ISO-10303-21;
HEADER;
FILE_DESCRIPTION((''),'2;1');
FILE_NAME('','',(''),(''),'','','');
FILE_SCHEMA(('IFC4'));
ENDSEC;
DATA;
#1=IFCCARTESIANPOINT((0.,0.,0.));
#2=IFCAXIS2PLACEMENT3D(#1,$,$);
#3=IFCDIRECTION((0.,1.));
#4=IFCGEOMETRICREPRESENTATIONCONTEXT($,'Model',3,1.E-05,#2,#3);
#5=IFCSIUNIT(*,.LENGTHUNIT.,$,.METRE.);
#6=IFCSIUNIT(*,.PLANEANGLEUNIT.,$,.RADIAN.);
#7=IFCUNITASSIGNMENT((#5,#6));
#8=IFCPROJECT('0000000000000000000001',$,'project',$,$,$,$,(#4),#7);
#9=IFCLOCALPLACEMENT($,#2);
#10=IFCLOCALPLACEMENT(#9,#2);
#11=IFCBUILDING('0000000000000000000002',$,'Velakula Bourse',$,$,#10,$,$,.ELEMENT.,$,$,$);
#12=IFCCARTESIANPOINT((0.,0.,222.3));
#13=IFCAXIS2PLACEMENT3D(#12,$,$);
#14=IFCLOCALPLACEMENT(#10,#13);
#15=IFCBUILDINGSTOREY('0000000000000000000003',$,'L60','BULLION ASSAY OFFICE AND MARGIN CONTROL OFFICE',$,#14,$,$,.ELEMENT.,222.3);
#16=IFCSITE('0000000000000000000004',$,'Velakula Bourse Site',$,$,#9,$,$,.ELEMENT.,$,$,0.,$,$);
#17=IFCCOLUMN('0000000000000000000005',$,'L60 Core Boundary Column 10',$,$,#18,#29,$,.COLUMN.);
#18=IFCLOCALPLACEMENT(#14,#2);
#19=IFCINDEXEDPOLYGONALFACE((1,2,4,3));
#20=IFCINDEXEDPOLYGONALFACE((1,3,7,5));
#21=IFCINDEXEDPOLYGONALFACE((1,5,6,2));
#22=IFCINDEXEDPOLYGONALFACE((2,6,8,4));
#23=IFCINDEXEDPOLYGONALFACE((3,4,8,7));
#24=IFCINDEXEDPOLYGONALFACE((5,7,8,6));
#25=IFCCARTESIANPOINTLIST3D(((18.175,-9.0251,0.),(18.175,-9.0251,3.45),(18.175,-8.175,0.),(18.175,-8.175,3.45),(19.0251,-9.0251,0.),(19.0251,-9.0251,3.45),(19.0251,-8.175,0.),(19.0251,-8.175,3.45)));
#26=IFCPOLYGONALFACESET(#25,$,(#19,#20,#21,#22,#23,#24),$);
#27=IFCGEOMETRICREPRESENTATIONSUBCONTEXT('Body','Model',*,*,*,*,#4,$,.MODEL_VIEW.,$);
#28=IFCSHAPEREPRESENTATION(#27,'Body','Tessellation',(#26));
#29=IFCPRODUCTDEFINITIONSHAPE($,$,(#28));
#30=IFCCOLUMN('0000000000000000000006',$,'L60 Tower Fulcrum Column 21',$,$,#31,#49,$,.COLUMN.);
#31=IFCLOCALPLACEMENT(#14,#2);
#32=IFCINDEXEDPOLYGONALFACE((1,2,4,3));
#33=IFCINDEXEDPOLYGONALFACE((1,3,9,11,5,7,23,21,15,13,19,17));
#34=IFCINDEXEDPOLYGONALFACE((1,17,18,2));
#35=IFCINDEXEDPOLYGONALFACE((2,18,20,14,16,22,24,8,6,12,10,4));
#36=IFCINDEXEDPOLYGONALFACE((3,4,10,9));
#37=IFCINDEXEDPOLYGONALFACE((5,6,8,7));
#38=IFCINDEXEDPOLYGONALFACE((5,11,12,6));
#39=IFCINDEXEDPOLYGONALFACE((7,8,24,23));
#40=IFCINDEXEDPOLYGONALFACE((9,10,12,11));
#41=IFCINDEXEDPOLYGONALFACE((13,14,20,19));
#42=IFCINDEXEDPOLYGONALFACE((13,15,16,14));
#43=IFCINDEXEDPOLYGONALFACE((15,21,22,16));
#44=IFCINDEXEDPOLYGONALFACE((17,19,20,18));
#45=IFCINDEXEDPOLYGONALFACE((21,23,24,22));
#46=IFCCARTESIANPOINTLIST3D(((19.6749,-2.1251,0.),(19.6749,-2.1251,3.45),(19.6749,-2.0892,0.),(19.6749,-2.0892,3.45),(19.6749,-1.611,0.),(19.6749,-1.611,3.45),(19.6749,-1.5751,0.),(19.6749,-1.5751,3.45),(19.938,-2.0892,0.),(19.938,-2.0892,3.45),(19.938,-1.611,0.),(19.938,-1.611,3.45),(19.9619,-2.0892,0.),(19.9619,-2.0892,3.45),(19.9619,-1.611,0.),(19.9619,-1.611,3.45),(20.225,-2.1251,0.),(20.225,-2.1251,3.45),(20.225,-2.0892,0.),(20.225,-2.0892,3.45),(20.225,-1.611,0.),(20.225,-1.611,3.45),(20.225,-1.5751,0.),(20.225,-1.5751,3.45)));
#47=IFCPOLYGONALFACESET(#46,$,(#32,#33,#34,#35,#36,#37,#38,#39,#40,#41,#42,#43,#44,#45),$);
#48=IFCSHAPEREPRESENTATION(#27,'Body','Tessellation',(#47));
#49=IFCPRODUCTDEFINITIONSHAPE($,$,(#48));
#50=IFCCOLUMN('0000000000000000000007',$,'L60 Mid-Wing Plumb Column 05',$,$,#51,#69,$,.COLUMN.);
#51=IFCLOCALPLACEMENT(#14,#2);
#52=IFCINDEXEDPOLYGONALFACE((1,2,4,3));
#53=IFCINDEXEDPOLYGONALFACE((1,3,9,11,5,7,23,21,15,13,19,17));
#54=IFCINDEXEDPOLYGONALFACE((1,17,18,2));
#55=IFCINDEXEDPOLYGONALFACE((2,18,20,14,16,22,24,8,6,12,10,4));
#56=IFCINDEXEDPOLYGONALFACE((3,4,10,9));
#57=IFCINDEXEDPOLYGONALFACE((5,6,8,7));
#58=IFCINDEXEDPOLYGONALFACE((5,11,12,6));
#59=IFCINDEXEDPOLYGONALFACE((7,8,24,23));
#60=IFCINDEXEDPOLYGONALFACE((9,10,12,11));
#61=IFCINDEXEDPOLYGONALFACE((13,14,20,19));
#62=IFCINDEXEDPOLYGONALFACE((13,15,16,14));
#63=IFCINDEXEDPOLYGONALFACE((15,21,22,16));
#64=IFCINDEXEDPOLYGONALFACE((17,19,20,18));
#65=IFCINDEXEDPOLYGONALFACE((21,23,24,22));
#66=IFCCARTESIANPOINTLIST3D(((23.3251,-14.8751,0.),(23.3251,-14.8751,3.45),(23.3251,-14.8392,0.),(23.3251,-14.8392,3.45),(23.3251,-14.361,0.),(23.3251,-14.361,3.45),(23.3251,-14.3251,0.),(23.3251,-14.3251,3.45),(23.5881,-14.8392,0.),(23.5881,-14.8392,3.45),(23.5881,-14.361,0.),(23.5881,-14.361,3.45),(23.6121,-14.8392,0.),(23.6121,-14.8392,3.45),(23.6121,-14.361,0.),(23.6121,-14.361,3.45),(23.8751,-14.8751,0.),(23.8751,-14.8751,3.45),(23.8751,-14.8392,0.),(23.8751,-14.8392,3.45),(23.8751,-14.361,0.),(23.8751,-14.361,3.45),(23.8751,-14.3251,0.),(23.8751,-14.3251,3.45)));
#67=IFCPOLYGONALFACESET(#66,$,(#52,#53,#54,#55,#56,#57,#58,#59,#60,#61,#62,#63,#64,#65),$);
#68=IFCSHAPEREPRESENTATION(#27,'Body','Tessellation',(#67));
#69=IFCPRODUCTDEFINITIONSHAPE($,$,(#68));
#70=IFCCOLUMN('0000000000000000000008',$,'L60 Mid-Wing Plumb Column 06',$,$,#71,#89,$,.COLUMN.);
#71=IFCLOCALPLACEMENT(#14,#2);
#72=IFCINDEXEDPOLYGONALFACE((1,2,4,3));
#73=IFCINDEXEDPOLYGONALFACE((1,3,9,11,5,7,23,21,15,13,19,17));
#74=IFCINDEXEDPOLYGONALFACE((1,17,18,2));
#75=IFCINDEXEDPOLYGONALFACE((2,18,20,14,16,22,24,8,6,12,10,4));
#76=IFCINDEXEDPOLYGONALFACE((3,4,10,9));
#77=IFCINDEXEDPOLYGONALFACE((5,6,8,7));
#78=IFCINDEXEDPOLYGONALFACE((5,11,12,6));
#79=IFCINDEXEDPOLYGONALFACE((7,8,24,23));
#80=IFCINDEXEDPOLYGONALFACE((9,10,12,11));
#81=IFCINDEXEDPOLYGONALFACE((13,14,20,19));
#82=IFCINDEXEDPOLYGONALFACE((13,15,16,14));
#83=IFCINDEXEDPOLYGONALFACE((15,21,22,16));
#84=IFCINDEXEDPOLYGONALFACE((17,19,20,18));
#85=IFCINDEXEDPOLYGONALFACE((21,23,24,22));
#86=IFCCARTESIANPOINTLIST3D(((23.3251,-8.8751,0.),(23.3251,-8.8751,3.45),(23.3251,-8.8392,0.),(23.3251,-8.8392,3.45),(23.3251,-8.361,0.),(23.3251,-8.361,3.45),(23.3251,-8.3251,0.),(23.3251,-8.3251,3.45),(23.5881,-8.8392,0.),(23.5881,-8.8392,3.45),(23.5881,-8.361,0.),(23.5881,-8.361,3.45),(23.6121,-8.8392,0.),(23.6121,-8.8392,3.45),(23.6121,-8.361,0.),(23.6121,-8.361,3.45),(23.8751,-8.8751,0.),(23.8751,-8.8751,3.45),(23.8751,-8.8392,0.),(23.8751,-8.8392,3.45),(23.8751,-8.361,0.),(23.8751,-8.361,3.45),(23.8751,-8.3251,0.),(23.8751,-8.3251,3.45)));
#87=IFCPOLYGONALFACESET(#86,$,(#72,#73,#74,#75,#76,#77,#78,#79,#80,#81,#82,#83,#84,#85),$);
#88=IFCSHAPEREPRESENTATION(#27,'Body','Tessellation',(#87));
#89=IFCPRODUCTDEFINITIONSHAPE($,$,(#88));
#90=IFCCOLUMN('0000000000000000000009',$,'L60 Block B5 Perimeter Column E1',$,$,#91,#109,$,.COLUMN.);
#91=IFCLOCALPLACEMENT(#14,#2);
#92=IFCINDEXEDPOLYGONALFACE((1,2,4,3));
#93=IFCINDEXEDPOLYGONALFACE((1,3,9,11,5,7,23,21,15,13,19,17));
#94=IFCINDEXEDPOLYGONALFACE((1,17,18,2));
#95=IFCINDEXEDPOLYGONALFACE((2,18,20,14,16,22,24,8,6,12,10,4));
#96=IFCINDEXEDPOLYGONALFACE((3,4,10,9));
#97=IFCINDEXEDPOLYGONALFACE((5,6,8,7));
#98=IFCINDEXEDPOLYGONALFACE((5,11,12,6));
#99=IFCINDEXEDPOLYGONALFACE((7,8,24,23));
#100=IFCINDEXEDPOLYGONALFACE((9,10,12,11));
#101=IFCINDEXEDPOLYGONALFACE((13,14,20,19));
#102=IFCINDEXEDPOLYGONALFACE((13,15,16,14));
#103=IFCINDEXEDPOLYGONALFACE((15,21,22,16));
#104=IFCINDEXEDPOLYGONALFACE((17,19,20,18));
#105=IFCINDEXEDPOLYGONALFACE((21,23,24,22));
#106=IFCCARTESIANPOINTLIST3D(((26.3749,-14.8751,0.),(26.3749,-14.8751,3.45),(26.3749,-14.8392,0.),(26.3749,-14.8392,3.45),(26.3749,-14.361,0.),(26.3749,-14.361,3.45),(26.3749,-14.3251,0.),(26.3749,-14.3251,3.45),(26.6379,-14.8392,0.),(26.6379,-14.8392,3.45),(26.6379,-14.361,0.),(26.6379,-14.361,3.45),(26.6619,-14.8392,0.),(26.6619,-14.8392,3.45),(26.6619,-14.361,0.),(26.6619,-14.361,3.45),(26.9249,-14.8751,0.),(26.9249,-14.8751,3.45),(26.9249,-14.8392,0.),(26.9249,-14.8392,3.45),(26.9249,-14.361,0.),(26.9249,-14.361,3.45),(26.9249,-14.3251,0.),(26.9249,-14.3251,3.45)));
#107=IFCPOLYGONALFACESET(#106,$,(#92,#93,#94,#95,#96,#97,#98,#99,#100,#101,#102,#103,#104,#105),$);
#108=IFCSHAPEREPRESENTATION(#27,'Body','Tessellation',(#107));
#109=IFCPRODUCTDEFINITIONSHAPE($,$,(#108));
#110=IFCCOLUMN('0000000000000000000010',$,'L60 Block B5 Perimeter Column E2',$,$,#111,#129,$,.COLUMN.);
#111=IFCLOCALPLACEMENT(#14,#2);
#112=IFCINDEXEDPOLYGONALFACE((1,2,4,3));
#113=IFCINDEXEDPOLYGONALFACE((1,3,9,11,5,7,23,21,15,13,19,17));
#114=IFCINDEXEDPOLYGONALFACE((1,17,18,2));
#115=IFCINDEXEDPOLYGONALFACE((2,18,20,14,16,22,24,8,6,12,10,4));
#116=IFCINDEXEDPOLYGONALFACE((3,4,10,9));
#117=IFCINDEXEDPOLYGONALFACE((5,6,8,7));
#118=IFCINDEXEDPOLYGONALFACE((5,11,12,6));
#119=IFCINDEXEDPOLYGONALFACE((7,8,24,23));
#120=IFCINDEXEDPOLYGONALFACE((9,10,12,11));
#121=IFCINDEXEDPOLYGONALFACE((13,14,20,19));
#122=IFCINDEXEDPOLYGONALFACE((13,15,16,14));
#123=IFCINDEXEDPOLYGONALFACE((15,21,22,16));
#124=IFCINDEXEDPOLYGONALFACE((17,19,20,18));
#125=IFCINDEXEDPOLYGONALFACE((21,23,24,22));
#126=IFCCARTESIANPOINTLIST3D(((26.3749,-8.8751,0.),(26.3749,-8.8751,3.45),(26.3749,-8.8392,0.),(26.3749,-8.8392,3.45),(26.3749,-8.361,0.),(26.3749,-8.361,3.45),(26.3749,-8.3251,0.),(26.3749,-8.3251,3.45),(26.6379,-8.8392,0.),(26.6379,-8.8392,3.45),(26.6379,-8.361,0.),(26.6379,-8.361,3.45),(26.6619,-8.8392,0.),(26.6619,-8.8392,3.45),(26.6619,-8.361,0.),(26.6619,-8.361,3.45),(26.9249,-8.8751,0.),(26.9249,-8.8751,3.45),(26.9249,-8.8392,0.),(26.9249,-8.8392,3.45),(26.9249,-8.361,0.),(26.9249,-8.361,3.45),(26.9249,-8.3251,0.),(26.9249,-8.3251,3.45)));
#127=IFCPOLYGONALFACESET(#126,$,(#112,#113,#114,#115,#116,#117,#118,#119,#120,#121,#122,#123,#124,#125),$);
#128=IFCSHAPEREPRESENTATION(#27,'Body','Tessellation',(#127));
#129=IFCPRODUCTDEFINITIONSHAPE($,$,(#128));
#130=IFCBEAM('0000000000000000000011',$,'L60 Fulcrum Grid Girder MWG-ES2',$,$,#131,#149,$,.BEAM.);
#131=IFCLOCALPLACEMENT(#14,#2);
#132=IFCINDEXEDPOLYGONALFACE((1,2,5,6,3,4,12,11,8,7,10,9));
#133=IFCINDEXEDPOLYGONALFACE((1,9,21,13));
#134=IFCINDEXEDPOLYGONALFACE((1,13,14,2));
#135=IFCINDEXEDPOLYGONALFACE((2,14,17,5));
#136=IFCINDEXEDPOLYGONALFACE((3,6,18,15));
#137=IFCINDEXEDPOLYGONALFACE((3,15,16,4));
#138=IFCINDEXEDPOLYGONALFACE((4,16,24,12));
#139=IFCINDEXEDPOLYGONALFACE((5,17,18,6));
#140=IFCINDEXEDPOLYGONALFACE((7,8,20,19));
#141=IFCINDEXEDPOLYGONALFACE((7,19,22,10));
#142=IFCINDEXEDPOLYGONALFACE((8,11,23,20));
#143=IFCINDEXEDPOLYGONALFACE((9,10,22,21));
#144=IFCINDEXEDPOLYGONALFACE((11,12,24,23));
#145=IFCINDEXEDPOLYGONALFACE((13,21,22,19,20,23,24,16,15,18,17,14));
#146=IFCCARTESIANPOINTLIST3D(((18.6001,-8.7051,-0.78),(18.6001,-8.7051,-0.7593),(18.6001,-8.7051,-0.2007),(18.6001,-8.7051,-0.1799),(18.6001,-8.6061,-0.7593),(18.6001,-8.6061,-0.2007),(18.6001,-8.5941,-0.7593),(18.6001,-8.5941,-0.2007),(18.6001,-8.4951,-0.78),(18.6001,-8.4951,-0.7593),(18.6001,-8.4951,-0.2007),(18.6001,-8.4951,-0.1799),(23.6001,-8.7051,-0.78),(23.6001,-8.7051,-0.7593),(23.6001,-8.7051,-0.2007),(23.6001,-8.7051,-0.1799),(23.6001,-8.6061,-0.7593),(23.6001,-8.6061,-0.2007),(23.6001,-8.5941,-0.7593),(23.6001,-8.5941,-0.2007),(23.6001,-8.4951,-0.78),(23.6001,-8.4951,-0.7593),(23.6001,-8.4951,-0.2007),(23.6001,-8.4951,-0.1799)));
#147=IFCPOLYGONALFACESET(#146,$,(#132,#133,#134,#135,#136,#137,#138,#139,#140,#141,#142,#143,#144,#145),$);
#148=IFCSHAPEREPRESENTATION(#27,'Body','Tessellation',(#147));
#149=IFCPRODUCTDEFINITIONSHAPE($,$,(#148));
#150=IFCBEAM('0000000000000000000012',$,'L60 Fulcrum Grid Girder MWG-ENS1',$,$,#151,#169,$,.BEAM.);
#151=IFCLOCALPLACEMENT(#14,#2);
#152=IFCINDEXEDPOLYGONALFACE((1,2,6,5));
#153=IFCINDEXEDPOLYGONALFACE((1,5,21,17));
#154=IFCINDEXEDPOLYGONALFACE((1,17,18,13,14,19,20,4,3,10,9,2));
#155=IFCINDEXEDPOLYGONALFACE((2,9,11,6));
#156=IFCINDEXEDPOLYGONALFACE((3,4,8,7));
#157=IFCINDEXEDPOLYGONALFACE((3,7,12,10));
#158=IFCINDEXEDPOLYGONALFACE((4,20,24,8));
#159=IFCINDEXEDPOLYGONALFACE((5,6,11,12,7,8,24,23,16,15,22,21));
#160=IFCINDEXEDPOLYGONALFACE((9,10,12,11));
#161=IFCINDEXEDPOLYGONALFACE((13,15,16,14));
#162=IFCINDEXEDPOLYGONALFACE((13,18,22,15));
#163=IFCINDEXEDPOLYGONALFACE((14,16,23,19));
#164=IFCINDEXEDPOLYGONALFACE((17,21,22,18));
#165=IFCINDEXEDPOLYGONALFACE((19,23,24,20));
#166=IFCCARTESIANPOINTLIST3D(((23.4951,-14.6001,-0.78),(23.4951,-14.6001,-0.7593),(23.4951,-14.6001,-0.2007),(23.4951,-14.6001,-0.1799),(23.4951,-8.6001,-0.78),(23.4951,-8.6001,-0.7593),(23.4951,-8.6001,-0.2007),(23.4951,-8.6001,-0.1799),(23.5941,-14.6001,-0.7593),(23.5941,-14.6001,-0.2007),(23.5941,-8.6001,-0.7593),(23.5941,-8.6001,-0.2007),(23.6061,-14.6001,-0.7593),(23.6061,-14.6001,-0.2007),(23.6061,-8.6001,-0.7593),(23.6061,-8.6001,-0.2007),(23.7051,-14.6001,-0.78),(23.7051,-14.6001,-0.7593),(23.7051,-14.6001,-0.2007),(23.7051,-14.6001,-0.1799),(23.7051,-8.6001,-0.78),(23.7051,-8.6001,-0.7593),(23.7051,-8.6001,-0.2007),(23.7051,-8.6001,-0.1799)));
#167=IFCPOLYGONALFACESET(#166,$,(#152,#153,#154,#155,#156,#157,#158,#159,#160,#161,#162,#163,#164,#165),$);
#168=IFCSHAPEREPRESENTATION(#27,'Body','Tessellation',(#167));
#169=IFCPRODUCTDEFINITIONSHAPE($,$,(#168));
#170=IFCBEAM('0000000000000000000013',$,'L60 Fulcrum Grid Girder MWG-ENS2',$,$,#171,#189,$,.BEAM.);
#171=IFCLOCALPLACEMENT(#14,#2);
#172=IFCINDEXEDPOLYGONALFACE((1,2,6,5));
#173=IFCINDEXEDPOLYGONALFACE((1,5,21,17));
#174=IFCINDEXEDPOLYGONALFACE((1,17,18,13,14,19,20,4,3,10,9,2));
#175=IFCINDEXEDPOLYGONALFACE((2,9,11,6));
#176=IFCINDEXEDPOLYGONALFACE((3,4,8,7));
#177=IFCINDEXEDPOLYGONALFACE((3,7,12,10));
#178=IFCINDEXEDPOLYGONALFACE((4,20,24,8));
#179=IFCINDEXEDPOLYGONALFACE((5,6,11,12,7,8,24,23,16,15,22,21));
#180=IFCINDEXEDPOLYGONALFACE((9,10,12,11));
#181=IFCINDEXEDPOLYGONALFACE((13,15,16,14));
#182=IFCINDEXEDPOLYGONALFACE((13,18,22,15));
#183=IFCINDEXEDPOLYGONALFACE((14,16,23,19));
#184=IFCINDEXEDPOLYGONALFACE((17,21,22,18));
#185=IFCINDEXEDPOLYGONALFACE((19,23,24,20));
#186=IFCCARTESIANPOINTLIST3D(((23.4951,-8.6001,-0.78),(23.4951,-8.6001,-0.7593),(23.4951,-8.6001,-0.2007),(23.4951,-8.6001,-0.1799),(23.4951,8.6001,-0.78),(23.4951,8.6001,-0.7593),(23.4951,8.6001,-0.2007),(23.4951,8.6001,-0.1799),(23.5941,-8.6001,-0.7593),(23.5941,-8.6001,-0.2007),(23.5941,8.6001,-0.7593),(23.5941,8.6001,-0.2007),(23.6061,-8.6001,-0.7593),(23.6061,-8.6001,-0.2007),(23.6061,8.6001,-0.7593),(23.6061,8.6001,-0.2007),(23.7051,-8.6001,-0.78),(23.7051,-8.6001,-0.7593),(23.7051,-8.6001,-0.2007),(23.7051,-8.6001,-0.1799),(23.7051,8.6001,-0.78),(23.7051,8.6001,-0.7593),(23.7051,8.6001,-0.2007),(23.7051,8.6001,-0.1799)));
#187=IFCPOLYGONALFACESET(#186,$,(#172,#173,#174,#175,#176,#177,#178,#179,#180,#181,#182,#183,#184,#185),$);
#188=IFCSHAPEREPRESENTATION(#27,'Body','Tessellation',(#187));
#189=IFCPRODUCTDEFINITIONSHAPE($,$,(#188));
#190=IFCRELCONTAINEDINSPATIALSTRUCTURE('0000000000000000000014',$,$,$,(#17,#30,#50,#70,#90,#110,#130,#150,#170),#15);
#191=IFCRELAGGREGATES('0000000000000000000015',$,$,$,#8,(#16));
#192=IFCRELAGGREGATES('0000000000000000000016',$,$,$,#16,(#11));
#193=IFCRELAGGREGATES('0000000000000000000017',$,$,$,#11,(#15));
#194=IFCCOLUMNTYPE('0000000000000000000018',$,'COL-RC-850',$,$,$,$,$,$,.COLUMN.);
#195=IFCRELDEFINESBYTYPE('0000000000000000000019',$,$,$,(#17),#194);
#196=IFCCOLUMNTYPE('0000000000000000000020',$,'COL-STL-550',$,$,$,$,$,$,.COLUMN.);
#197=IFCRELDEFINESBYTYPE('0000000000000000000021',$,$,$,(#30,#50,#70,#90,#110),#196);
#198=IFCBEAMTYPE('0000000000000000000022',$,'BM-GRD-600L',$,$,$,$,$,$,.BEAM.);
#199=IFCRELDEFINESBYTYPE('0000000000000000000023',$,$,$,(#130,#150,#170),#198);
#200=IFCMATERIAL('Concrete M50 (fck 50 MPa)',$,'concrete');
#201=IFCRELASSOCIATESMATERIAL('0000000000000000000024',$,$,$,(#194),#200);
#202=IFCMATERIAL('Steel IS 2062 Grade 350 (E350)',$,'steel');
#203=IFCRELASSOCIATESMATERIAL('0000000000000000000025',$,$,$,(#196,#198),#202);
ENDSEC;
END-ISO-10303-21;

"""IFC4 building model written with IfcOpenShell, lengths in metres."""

from ifc_helpers import new_model, si_unit, direction, frame, origin, origin_2d, place, context, subcontext, project, spatial, rectangle, i_section, extrude, material, material_profile, profile_set, type_object, element, save


model = new_model("IFC4")

# Units and contexts
model_context = context("Model", 3, precision=1e-05, world=origin(), true_north=direction((0.0, 1.0)))
body_context = subcontext(model_context, "Body", "Model", "MODEL_VIEW")
ifc_project = project(units=[si_unit("LENGTHUNIT", "METRE"), si_unit("PLANEANGLEUNIT", "RADIAN")], contexts=[model_context])

# Site, building, storey
site_placement = place(None, origin())
site = spatial("IfcSite", under=ifc_project, at=site_placement, Name="Velakula Bourse Site", CompositionType="ELEMENT", RefElevation=0.0)
building_placement = place(site_placement, origin())
building = spatial("IfcBuilding", under=site, at=building_placement, Name="Velakula Bourse", CompositionType="ELEMENT")
storey_placement = place(building_placement, frame((0.0, 0.0, 222.3)))
storey = spatial("IfcBuildingStorey", under=building, at=storey_placement, Name="L60", Description="BULLION ASSAY OFFICE AND MARGIN CONTROL OFFICE", CompositionType="ELEMENT", Elevation=222.3)

# Columns
ifc_material_1 = material(Name="Concrete M50 (fck 50 MPa)", Category="concrete")
ifc_material_profile_1 = material_profile(ifc_material_1, rectangle(XDim=0.8501, YDim=0.8501, at=origin_2d()), Name="Concrete M50 (fck 50 MPa)")
ifc_profile_set_1 = profile_set([ifc_material_profile_1], Name="Concrete M50 (fck 50 MPa)")
column_type_1 = type_object("IfcColumnType", Name="COL-RC-850", PredefinedType="COLUMN", material=ifc_profile_set_1)
column_placement = place(storey_placement, frame((18.6001, -8.6001, 0.0), z_axis=(0.0, 0.0, 1.0), x_axis=(1.0, 0.0, 0.0)))
element("IfcColumn", 1, at=column_placement, inside=storey, type_object=column_type_1, Name="L60 Core Boundary Column 10", PredefinedType="COLUMN", context=body_context, shape_type="SweptSolid", body=[
    extrude(rectangle(XDim=0.8501, YDim=0.8501, at=origin_2d()), origin(), (0.0, 0.0, 1.0), 3.45),
])
ifc_material_2 = material(Name="Steel IS 2062 Grade 350 (E350)", Category="steel")
ifc_material_profile_2 = material_profile(ifc_material_2, i_section(OverallWidth=0.55, OverallDepth=0.55, WebThickness=0.0239, FlangeThickness=0.0359, at=origin_2d()), Name="Steel IS 2062 Grade 350 (E350)")
ifc_profile_set_2 = profile_set([ifc_material_profile_2], Name="Steel IS 2062 Grade 350 (E350)")
column_type_2 = type_object("IfcColumnType", Name="COL-STL-550", PredefinedType="COLUMN", material=ifc_profile_set_2)
for number, where, z_axis, x_axis, name in (
    (2, (19.95, -1.8501, 0.0), (0.0, 0.0, 1.0), (1.0, 0.0, 0.0), "L60 Tower Fulcrum Column 21"),
    (3, (23.6001, -14.6001, 0.0), (0.0, 0.0, 1.0), (1.0, 0.0, 0.0), "L60 Mid-Wing Plumb Column 05"),
    (4, (23.6001, -8.6001, 0.0), (0.0, 0.0, 1.0), (1.0, 0.0, 0.0), "L60 Mid-Wing Plumb Column 06"),
    (5, (26.6499, -14.6001, 0.0), (0.0, 0.0, 1.0), (1.0, 0.0, 0.0), "L60 Block B5 Perimeter Column E1"),
    (6, (26.6499, -8.6001, 0.0), (0.0, 0.0, 1.0), (1.0, 0.0, 0.0), "L60 Block B5 Perimeter Column E2"),
):
    element("IfcColumn", number, at=place(storey_placement, frame(where, z_axis=z_axis, x_axis=x_axis)), inside=storey, type_object=column_type_2, Name=name, PredefinedType="COLUMN", context=body_context, shape_type="SweptSolid", body=[
        extrude(i_section(OverallWidth=0.55, OverallDepth=0.55, WebThickness=0.0239, FlangeThickness=0.0359, at=origin_2d()), origin(), (0.0, 0.0, 1.0), 3.45),
    ])

# Beams
ifc_material_profile_3 = material_profile(ifc_material_2, i_section(OverallWidth=0.21, OverallDepth=0.6001, WebThickness=0.012, FlangeThickness=0.0208, at=origin_2d()), Name="Steel IS 2062 Grade 350 (E350)")
ifc_profile_set_3 = profile_set([ifc_material_profile_3], Name="Steel IS 2062 Grade 350 (E350)")
beam_type_1 = type_object("IfcBeamType", Name="BM-GRD-600L", PredefinedType="BEAM", material=ifc_profile_set_3)
beam_1_placement = place(storey_placement, frame((18.6001, -8.6001, -0.48), z_axis=(1.0, 0.0, 0.0), x_axis=(0.0, 1.0, 0.0)))
element("IfcBeam", 7, at=beam_1_placement, inside=storey, type_object=beam_type_1, Name="L60 Fulcrum Grid Girder MWG-ES2", PredefinedType="BEAM", context=body_context, shape_type="SweptSolid", body=[
    extrude(i_section(OverallWidth=0.21, OverallDepth=0.6001, WebThickness=0.012, FlangeThickness=0.0208, at=origin_2d()), origin(), (0.0, 0.0, 1.0), 5.0),
])
beam_2_placement = place(storey_placement, frame((23.6001, -14.6001, -0.48), z_axis=(0.0, 1.0, 0.0), x_axis=(-1.0, 0.0, 0.0)))
element("IfcBeam", 8, at=beam_2_placement, inside=storey, type_object=beam_type_1, Name="L60 Fulcrum Grid Girder MWG-ENS1", PredefinedType="BEAM", context=body_context, shape_type="SweptSolid", body=[
    extrude(i_section(OverallWidth=0.21, OverallDepth=0.6001, WebThickness=0.012, FlangeThickness=0.0208, at=origin_2d()), origin(), (0.0, 0.0, 1.0), 6.0),
])
beam_3_placement = place(storey_placement, frame((23.6001, -8.6001, -0.48), z_axis=(0.0, 1.0, 0.0), x_axis=(-1.0, 0.0, 0.0)))
element("IfcBeam", 9, at=beam_3_placement, inside=storey, type_object=beam_type_1, Name="L60 Fulcrum Grid Girder MWG-ENS2", PredefinedType="BEAM", context=body_context, shape_type="SweptSolid", body=[
    extrude(i_section(OverallWidth=0.21, OverallDepth=0.6001, WebThickness=0.012, FlangeThickness=0.0208, at=origin_2d()), origin(), (0.0, 0.0, 1.0), 17.2002),
])

save(model, "model.ifc")
